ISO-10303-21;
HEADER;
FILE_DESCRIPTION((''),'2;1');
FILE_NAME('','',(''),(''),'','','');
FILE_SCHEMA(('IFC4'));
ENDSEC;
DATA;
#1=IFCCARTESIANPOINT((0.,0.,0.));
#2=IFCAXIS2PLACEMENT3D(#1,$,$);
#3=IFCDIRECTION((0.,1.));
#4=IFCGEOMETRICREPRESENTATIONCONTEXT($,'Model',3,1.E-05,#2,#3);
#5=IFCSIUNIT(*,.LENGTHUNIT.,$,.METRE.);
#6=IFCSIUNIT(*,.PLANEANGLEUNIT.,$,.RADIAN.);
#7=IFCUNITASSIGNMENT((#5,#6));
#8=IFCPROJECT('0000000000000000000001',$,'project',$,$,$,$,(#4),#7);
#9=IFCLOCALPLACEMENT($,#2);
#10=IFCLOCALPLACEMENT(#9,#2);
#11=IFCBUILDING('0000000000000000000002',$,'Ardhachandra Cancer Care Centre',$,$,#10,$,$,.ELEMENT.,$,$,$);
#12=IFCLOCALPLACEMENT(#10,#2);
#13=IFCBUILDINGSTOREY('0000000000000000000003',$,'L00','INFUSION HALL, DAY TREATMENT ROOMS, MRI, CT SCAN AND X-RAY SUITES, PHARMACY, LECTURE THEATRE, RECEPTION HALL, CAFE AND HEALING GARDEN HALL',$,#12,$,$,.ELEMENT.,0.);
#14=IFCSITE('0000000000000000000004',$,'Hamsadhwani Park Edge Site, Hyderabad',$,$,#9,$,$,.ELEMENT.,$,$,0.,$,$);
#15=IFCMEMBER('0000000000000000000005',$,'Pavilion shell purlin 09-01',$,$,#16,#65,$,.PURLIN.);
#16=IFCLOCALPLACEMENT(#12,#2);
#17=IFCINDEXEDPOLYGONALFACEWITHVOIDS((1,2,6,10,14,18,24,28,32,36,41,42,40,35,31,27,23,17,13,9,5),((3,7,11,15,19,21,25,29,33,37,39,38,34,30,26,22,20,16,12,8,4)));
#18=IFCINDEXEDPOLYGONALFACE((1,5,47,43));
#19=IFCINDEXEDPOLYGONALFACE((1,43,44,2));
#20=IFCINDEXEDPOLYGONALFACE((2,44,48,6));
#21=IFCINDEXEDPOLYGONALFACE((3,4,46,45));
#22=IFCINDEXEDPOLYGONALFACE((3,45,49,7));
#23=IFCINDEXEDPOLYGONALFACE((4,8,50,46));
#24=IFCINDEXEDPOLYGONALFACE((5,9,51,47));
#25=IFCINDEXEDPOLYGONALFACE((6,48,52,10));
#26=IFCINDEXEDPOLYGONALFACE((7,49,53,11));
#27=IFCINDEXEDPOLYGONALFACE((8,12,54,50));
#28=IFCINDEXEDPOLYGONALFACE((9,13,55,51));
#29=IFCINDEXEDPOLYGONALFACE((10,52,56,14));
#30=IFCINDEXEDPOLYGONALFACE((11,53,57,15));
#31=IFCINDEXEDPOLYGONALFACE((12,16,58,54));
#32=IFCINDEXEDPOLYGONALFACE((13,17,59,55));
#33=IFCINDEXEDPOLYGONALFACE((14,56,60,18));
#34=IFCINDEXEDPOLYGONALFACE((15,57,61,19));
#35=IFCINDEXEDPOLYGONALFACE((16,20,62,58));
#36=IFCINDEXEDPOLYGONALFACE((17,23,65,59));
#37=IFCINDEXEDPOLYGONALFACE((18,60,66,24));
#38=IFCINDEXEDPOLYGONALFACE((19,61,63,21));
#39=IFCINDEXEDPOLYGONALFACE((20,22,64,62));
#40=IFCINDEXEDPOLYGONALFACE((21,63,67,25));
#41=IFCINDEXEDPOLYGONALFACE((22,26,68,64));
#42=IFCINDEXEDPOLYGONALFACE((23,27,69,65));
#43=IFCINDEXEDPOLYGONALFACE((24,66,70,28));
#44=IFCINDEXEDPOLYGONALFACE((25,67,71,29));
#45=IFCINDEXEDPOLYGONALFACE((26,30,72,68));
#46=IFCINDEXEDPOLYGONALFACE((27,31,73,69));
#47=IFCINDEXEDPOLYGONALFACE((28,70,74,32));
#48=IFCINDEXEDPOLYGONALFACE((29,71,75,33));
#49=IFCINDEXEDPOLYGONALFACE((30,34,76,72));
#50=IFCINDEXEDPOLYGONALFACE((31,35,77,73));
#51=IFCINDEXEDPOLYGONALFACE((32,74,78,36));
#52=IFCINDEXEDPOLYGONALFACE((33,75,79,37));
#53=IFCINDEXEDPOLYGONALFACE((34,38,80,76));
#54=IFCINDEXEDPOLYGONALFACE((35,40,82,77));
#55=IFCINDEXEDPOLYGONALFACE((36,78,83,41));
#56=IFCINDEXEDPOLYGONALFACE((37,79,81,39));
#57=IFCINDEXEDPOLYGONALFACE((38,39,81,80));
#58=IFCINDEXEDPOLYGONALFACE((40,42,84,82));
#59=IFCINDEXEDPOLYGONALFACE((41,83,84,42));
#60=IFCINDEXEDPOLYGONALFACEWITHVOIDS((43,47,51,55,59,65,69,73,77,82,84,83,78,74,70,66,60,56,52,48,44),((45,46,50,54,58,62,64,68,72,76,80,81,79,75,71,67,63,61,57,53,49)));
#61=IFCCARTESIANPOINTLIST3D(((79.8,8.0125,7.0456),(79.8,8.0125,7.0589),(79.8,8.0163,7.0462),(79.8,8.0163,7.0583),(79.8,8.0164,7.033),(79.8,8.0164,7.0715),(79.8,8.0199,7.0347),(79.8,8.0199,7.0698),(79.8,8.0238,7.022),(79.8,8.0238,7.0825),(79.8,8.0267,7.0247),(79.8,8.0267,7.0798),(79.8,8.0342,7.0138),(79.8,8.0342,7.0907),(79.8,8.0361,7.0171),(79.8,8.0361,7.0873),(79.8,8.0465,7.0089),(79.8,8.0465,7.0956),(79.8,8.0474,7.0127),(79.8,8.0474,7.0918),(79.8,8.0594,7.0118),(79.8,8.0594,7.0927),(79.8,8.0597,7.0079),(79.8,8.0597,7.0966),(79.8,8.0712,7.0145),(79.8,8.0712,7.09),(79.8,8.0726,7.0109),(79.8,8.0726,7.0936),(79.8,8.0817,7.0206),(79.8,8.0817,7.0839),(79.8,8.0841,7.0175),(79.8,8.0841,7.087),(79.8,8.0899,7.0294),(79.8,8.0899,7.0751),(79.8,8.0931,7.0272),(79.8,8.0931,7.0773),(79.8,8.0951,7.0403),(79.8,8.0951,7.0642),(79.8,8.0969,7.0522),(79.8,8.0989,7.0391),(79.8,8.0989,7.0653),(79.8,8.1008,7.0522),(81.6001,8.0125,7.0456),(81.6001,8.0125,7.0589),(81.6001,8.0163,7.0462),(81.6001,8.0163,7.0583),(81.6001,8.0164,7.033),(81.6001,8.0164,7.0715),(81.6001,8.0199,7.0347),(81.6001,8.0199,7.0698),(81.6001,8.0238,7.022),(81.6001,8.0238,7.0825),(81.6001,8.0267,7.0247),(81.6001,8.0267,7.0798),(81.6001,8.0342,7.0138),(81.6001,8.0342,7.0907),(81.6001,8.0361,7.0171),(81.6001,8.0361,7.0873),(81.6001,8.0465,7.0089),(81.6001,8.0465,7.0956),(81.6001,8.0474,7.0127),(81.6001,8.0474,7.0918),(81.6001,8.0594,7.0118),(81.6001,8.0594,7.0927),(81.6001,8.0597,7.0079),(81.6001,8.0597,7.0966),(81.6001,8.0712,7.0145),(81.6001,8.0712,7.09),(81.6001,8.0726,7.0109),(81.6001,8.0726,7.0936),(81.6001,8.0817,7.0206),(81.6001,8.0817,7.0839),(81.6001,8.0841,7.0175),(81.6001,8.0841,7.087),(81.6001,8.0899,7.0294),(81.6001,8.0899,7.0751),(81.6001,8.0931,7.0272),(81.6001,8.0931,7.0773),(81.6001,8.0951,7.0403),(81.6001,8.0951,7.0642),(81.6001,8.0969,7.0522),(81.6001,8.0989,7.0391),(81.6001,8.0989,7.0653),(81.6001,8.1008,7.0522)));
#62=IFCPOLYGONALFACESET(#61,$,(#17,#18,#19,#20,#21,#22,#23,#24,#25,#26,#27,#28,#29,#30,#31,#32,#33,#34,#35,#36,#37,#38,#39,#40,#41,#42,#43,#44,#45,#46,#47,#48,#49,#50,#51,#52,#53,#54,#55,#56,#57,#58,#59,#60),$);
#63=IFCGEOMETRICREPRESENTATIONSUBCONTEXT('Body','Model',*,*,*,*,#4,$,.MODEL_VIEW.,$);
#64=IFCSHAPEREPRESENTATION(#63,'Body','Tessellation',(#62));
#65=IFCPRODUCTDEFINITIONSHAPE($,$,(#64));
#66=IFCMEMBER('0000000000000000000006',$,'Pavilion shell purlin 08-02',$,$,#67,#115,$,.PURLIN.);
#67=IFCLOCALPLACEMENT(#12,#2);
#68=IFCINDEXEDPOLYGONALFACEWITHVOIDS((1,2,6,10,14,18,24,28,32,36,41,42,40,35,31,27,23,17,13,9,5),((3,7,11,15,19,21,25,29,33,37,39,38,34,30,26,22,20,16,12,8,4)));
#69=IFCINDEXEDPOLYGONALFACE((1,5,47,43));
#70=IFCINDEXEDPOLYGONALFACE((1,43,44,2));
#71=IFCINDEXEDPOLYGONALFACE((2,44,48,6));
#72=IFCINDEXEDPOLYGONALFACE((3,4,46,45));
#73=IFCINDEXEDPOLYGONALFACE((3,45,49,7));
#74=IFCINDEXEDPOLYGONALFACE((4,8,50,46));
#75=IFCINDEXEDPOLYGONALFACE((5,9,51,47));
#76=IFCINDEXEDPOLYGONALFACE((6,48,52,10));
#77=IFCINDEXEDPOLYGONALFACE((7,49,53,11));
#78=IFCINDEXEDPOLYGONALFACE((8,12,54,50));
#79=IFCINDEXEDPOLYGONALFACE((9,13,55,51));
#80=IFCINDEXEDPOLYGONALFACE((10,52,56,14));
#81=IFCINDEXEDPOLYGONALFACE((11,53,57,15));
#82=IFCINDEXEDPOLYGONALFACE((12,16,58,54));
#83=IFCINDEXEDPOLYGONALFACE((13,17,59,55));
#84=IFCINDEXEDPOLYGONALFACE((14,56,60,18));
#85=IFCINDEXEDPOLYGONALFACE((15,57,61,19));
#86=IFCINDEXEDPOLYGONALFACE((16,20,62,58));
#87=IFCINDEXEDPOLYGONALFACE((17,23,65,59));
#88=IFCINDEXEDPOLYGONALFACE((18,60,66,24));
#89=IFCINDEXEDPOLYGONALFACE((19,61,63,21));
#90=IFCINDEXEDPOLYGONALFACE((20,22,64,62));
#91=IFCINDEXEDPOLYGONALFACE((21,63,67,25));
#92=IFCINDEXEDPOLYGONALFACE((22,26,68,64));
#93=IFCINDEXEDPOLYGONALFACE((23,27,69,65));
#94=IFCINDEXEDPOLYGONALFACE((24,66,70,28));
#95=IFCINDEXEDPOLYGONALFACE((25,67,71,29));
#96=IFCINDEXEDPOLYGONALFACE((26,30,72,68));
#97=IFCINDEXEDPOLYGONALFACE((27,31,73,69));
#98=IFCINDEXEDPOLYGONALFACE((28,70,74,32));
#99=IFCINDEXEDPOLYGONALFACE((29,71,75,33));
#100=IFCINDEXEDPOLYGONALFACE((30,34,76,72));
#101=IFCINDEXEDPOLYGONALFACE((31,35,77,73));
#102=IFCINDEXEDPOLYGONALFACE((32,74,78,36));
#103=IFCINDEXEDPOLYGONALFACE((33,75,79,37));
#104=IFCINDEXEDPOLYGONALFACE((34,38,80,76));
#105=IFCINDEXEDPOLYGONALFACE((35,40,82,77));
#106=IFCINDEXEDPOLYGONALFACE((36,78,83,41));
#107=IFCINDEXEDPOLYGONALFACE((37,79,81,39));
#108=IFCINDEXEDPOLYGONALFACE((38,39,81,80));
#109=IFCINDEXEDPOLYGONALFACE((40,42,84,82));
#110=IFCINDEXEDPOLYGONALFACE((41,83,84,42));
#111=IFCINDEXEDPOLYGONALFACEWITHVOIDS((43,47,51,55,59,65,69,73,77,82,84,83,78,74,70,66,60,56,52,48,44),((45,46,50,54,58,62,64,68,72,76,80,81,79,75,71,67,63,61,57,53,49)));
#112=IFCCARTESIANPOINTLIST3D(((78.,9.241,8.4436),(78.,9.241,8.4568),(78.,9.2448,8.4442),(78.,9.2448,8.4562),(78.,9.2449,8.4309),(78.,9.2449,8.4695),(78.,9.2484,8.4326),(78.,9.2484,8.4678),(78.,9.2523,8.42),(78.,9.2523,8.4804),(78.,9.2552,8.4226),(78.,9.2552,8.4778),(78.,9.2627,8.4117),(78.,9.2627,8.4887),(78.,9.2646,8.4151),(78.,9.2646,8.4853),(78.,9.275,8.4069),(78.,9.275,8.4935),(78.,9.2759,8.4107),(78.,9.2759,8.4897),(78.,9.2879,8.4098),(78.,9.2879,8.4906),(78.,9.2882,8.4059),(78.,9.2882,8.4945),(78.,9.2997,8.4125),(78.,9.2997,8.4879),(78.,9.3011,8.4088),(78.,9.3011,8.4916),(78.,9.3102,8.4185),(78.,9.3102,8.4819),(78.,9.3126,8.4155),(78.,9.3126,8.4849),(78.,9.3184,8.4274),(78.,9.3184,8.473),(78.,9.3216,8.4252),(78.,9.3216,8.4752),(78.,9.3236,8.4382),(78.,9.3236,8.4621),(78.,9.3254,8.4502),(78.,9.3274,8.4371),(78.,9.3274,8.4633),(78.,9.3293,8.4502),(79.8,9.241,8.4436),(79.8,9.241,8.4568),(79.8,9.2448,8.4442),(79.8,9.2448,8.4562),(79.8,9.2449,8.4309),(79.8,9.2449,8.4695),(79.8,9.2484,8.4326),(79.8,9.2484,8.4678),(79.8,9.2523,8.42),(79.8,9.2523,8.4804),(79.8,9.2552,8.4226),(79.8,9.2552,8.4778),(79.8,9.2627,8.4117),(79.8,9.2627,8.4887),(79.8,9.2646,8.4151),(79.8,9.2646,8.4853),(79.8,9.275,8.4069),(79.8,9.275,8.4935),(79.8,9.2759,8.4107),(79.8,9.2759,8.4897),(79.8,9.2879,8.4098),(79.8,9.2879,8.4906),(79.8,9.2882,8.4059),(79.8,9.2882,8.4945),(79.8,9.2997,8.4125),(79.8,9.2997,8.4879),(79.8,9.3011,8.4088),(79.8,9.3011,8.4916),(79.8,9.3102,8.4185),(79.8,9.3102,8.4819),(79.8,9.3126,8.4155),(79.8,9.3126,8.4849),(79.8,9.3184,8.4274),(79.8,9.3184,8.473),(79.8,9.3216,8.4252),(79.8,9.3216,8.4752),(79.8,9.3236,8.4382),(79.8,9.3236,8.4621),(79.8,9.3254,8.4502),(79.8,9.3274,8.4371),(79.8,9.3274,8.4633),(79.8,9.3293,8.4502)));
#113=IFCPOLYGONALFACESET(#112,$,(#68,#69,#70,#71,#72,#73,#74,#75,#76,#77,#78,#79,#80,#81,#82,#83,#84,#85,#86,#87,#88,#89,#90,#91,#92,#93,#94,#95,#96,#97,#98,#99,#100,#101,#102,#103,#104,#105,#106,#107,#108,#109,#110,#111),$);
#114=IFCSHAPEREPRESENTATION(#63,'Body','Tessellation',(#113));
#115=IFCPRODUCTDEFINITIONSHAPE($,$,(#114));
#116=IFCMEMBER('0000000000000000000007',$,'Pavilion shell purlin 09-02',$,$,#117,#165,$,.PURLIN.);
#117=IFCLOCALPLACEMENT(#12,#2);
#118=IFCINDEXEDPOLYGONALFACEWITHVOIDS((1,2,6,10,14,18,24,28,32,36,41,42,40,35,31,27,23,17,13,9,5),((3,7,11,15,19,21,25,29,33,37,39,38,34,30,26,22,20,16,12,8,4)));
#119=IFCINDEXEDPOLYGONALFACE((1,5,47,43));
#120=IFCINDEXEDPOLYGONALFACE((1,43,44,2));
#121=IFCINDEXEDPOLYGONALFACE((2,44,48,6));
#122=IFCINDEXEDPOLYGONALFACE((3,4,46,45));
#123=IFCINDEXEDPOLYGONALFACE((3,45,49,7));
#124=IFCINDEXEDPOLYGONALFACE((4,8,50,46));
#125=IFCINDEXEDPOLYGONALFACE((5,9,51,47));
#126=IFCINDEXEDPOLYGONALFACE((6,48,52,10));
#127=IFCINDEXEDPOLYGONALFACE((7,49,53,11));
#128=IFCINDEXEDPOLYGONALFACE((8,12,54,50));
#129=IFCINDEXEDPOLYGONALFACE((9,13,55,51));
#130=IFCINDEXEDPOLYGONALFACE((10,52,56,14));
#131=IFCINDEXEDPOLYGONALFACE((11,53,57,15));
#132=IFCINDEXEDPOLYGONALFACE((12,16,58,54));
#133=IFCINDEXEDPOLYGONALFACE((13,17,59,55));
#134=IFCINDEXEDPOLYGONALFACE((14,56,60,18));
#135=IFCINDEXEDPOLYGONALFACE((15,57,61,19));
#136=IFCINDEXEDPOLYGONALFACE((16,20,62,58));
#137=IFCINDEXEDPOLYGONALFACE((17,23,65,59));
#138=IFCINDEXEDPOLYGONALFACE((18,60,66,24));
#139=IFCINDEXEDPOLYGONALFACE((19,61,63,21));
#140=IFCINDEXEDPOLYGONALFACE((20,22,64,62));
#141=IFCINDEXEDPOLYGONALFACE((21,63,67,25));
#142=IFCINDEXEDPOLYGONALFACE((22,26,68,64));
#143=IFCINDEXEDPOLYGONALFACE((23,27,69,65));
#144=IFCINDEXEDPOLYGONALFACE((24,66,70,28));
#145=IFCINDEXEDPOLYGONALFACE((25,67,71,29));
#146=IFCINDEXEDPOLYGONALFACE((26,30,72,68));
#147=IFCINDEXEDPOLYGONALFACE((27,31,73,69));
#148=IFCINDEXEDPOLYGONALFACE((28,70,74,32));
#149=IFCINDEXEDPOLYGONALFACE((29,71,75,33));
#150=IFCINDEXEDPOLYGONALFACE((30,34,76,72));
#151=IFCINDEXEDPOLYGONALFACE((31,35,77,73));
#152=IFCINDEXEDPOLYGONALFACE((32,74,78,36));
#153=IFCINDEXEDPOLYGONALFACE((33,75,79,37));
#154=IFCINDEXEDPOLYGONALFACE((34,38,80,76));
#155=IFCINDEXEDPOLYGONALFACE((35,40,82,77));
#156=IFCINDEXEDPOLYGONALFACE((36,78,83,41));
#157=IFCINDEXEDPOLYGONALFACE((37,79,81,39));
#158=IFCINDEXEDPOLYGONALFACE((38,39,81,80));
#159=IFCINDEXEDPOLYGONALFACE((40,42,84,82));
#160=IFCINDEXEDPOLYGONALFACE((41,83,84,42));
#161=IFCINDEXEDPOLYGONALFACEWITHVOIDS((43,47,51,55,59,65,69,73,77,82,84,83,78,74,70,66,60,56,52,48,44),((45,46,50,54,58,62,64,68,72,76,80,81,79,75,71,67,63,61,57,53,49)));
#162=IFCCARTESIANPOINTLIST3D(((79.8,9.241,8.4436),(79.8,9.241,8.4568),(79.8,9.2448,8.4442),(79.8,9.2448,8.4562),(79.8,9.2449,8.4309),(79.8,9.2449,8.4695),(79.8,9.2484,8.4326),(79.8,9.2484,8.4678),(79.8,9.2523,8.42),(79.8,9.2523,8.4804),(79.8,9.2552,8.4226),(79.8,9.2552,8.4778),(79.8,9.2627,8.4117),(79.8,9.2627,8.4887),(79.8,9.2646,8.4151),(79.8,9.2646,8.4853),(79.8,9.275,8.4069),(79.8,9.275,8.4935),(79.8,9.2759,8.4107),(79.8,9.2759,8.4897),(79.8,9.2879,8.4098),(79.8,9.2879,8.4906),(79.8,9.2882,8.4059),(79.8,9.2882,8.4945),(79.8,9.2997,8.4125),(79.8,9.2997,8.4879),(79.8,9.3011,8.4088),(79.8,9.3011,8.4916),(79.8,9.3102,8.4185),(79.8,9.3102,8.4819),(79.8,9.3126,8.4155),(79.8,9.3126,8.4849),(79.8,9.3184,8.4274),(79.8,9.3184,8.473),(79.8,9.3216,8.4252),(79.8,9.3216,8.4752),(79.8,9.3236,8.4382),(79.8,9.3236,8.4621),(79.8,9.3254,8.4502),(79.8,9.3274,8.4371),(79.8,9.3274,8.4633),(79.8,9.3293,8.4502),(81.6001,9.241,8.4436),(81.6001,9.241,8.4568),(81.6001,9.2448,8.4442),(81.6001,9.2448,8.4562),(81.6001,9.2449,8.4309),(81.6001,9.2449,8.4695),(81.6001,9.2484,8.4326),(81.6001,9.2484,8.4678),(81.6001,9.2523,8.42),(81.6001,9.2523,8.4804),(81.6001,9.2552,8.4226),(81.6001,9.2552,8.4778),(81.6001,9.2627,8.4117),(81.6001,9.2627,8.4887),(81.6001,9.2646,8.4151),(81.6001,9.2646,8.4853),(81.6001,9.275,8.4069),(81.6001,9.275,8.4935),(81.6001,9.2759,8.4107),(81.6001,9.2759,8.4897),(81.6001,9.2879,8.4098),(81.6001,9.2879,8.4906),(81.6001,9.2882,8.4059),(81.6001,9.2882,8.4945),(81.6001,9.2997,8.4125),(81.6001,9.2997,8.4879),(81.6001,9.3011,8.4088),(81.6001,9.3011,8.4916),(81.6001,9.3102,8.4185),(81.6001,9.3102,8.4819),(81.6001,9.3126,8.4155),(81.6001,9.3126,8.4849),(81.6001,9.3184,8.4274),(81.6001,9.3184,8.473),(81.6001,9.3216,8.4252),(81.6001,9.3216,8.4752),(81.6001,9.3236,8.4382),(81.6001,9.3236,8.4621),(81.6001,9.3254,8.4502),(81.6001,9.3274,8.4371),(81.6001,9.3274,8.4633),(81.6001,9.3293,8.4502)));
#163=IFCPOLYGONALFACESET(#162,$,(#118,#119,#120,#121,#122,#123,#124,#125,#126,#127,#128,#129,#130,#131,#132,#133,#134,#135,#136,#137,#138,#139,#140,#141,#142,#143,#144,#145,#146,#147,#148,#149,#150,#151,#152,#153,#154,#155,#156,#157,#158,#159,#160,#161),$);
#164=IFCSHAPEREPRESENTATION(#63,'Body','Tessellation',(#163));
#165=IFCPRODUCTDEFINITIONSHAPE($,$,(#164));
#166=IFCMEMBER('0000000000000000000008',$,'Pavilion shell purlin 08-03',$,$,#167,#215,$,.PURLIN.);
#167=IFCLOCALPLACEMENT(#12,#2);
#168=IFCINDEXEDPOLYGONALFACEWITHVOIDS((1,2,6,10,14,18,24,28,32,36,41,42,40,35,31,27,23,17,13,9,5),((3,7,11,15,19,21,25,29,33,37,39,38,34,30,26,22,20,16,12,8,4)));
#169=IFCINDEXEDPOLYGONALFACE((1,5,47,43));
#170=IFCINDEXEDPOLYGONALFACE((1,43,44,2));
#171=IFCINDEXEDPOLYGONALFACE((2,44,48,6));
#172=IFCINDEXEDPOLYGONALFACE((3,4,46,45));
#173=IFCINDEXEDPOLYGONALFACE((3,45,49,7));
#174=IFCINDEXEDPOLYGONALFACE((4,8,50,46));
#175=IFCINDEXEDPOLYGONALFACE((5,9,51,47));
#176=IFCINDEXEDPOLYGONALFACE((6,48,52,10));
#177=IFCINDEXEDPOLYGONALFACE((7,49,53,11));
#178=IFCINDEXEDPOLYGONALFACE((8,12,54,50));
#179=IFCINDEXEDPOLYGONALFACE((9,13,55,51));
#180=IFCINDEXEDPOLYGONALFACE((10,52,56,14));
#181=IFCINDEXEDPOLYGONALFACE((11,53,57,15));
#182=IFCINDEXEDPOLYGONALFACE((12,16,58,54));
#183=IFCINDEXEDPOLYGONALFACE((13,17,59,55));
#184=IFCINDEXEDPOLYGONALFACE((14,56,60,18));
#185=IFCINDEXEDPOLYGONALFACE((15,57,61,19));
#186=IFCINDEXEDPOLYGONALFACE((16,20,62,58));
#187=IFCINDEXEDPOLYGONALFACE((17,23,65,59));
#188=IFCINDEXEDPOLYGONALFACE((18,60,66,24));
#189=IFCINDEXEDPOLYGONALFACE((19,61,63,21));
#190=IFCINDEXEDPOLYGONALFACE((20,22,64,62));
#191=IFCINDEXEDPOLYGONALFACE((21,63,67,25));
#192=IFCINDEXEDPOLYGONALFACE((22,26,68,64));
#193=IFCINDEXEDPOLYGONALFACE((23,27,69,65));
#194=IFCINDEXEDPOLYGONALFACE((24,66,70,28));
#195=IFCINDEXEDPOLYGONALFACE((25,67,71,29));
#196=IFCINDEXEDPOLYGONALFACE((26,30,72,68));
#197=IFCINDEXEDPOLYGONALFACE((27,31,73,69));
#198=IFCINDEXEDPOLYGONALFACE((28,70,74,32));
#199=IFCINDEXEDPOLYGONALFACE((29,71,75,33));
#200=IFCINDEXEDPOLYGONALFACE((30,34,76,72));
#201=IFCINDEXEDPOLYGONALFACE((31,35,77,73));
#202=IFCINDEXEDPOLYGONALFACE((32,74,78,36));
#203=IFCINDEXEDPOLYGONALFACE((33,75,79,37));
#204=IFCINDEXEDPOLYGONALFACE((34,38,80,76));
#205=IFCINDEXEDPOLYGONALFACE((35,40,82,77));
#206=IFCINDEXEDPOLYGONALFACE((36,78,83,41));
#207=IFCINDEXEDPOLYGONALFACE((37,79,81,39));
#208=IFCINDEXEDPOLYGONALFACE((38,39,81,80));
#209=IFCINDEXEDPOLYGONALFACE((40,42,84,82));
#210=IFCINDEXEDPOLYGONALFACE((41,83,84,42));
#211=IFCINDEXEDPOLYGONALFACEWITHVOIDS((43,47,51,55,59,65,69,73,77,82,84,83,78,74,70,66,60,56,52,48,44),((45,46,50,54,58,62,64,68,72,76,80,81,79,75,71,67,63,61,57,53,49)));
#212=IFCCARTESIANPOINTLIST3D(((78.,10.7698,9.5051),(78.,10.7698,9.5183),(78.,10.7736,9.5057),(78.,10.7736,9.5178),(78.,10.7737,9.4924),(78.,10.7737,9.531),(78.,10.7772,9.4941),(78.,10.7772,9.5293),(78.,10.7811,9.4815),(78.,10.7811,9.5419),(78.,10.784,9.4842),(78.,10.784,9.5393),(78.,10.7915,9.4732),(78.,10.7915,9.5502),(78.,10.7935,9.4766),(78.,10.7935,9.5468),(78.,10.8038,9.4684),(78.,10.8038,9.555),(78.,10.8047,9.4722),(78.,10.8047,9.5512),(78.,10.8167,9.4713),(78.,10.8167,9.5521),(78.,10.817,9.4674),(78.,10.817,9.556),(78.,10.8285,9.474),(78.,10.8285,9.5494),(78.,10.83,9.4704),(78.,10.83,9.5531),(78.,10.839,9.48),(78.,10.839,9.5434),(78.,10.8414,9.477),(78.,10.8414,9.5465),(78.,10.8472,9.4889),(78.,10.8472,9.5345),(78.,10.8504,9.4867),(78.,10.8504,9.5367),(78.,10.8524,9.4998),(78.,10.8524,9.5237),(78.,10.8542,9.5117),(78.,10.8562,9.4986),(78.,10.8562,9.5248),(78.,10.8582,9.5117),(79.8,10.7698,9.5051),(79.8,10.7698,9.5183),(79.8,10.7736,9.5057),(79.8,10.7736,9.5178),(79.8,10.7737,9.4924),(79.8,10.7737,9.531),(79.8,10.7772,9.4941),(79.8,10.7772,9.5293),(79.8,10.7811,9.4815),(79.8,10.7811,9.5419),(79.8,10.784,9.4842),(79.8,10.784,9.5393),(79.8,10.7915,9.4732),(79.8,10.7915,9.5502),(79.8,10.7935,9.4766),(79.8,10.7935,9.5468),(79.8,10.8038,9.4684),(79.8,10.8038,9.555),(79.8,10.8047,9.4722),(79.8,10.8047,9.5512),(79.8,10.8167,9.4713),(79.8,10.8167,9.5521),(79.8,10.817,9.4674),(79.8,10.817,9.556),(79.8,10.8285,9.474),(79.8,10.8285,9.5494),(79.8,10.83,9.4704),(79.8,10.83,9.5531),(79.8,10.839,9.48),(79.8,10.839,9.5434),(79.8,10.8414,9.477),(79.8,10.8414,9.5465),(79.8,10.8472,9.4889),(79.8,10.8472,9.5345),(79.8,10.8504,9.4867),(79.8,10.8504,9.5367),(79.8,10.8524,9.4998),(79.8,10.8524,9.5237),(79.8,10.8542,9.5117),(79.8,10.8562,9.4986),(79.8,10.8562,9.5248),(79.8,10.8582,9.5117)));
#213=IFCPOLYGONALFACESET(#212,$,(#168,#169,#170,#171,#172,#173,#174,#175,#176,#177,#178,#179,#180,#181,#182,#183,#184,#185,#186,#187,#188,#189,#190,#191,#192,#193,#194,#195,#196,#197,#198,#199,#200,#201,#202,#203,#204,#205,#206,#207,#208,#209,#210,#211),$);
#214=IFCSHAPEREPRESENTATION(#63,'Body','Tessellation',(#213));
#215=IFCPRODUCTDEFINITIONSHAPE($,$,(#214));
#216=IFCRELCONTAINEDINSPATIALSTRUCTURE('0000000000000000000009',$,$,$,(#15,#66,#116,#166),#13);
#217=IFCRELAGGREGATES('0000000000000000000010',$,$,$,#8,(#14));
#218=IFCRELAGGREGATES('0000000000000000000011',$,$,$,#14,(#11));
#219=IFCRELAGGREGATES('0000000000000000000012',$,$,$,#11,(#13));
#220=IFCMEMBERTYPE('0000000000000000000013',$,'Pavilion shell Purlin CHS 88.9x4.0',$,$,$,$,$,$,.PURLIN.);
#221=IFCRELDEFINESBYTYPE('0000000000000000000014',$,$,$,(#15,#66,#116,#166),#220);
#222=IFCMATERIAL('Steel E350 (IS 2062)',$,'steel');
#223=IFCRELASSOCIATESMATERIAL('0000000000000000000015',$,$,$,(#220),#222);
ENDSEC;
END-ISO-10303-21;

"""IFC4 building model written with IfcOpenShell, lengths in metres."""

from ifc_helpers import new_model, si_unit, direction, frame, origin, origin_2d, place, context, subcontext, project, spatial, hollow_circle, extrude, material, material_profile, profile_set, type_object, element, save


model = new_model("IFC4")

# Units and contexts
model_context = context("Model", 3, precision=1e-05, world=origin(), true_north=direction((0.0, 1.0)))
body_context = subcontext(model_context, "Body", "Model", "MODEL_VIEW")
ifc_project = project(units=[si_unit("LENGTHUNIT", "METRE"), si_unit("PLANEANGLEUNIT", "RADIAN")], contexts=[model_context])

# Site, building, storey
site_placement = place(None, origin())
site = spatial("IfcSite", under=ifc_project, at=site_placement, Name="Hamsadhwani Park Edge Site, Hyderabad", CompositionType="ELEMENT", RefElevation=0.0)
building_placement = place(site_placement, origin())
building = spatial("IfcBuilding", under=site, at=building_placement, Name="Ardhachandra Cancer Care Centre", CompositionType="ELEMENT")
storey_placement = place(building_placement, origin())
storey = spatial("IfcBuildingStorey", under=building, at=storey_placement, Name="L00", Description="INFUSION HALL, DAY TREATMENT ROOMS, MRI, CT SCAN AND X-RAY SUITES, PHARMACY, LECTURE THEATRE, RECEPTION HALL, CAFE AND HEALING GARDEN HALL", CompositionType="ELEMENT", Elevation=0.0)

# Members
ifc_material_1 = material(Name="Steel E350 (IS 2062)", Category="steel")
ifc_material_profile_1 = material_profile(ifc_material_1, hollow_circle(Radius=0.0444, WallThickness=0.0039, at=origin_2d()), Name="CHS 88.9x4.0")
ifc_profile_set_1 = profile_set([ifc_material_profile_1], Name="Steel E350 (IS 2062)")
member_type_1 = type_object("IfcMemberType", Name="Pavilion shell Purlin CHS 88.9x4.0", PredefinedType="PURLIN", material=ifc_profile_set_1)
for number, where, z_axis, x_axis, name in (
    (1, (79.8, 8.0564, 7.0522), (1.0, 0.0, 0.0), (0.0, 1.0, 0.0), "Pavilion shell purlin 09-01"),
    (2, (78.0, 9.2849, 8.4502), (1.0, 0.0, 0.0), (0.0, 1.0, 0.0), "Pavilion shell purlin 08-02"),
    (3, (79.8, 9.2849, 8.4502), (1.0, 0.0, 0.0), (0.0, 1.0, 0.0), "Pavilion shell purlin 09-02"),
    (4, (78.0, 10.8137, 9.5117), (1.0, 0.0, 0.0), (0.0, 1.0, 0.0), "Pavilion shell purlin 08-03"),
):
    element("IfcMember", number, at=place(storey_placement, frame(where, z_axis=z_axis, x_axis=x_axis)), inside=storey, type_object=member_type_1, Name=name, PredefinedType="PURLIN", context=body_context, shape_type="SweptSolid", body=[
        extrude(hollow_circle(Radius=0.0444, WallThickness=0.0039, at=origin_2d()), origin(), (0.0, 0.0, 1.0), 1.8),
    ])

save(model, "model.ifc")
